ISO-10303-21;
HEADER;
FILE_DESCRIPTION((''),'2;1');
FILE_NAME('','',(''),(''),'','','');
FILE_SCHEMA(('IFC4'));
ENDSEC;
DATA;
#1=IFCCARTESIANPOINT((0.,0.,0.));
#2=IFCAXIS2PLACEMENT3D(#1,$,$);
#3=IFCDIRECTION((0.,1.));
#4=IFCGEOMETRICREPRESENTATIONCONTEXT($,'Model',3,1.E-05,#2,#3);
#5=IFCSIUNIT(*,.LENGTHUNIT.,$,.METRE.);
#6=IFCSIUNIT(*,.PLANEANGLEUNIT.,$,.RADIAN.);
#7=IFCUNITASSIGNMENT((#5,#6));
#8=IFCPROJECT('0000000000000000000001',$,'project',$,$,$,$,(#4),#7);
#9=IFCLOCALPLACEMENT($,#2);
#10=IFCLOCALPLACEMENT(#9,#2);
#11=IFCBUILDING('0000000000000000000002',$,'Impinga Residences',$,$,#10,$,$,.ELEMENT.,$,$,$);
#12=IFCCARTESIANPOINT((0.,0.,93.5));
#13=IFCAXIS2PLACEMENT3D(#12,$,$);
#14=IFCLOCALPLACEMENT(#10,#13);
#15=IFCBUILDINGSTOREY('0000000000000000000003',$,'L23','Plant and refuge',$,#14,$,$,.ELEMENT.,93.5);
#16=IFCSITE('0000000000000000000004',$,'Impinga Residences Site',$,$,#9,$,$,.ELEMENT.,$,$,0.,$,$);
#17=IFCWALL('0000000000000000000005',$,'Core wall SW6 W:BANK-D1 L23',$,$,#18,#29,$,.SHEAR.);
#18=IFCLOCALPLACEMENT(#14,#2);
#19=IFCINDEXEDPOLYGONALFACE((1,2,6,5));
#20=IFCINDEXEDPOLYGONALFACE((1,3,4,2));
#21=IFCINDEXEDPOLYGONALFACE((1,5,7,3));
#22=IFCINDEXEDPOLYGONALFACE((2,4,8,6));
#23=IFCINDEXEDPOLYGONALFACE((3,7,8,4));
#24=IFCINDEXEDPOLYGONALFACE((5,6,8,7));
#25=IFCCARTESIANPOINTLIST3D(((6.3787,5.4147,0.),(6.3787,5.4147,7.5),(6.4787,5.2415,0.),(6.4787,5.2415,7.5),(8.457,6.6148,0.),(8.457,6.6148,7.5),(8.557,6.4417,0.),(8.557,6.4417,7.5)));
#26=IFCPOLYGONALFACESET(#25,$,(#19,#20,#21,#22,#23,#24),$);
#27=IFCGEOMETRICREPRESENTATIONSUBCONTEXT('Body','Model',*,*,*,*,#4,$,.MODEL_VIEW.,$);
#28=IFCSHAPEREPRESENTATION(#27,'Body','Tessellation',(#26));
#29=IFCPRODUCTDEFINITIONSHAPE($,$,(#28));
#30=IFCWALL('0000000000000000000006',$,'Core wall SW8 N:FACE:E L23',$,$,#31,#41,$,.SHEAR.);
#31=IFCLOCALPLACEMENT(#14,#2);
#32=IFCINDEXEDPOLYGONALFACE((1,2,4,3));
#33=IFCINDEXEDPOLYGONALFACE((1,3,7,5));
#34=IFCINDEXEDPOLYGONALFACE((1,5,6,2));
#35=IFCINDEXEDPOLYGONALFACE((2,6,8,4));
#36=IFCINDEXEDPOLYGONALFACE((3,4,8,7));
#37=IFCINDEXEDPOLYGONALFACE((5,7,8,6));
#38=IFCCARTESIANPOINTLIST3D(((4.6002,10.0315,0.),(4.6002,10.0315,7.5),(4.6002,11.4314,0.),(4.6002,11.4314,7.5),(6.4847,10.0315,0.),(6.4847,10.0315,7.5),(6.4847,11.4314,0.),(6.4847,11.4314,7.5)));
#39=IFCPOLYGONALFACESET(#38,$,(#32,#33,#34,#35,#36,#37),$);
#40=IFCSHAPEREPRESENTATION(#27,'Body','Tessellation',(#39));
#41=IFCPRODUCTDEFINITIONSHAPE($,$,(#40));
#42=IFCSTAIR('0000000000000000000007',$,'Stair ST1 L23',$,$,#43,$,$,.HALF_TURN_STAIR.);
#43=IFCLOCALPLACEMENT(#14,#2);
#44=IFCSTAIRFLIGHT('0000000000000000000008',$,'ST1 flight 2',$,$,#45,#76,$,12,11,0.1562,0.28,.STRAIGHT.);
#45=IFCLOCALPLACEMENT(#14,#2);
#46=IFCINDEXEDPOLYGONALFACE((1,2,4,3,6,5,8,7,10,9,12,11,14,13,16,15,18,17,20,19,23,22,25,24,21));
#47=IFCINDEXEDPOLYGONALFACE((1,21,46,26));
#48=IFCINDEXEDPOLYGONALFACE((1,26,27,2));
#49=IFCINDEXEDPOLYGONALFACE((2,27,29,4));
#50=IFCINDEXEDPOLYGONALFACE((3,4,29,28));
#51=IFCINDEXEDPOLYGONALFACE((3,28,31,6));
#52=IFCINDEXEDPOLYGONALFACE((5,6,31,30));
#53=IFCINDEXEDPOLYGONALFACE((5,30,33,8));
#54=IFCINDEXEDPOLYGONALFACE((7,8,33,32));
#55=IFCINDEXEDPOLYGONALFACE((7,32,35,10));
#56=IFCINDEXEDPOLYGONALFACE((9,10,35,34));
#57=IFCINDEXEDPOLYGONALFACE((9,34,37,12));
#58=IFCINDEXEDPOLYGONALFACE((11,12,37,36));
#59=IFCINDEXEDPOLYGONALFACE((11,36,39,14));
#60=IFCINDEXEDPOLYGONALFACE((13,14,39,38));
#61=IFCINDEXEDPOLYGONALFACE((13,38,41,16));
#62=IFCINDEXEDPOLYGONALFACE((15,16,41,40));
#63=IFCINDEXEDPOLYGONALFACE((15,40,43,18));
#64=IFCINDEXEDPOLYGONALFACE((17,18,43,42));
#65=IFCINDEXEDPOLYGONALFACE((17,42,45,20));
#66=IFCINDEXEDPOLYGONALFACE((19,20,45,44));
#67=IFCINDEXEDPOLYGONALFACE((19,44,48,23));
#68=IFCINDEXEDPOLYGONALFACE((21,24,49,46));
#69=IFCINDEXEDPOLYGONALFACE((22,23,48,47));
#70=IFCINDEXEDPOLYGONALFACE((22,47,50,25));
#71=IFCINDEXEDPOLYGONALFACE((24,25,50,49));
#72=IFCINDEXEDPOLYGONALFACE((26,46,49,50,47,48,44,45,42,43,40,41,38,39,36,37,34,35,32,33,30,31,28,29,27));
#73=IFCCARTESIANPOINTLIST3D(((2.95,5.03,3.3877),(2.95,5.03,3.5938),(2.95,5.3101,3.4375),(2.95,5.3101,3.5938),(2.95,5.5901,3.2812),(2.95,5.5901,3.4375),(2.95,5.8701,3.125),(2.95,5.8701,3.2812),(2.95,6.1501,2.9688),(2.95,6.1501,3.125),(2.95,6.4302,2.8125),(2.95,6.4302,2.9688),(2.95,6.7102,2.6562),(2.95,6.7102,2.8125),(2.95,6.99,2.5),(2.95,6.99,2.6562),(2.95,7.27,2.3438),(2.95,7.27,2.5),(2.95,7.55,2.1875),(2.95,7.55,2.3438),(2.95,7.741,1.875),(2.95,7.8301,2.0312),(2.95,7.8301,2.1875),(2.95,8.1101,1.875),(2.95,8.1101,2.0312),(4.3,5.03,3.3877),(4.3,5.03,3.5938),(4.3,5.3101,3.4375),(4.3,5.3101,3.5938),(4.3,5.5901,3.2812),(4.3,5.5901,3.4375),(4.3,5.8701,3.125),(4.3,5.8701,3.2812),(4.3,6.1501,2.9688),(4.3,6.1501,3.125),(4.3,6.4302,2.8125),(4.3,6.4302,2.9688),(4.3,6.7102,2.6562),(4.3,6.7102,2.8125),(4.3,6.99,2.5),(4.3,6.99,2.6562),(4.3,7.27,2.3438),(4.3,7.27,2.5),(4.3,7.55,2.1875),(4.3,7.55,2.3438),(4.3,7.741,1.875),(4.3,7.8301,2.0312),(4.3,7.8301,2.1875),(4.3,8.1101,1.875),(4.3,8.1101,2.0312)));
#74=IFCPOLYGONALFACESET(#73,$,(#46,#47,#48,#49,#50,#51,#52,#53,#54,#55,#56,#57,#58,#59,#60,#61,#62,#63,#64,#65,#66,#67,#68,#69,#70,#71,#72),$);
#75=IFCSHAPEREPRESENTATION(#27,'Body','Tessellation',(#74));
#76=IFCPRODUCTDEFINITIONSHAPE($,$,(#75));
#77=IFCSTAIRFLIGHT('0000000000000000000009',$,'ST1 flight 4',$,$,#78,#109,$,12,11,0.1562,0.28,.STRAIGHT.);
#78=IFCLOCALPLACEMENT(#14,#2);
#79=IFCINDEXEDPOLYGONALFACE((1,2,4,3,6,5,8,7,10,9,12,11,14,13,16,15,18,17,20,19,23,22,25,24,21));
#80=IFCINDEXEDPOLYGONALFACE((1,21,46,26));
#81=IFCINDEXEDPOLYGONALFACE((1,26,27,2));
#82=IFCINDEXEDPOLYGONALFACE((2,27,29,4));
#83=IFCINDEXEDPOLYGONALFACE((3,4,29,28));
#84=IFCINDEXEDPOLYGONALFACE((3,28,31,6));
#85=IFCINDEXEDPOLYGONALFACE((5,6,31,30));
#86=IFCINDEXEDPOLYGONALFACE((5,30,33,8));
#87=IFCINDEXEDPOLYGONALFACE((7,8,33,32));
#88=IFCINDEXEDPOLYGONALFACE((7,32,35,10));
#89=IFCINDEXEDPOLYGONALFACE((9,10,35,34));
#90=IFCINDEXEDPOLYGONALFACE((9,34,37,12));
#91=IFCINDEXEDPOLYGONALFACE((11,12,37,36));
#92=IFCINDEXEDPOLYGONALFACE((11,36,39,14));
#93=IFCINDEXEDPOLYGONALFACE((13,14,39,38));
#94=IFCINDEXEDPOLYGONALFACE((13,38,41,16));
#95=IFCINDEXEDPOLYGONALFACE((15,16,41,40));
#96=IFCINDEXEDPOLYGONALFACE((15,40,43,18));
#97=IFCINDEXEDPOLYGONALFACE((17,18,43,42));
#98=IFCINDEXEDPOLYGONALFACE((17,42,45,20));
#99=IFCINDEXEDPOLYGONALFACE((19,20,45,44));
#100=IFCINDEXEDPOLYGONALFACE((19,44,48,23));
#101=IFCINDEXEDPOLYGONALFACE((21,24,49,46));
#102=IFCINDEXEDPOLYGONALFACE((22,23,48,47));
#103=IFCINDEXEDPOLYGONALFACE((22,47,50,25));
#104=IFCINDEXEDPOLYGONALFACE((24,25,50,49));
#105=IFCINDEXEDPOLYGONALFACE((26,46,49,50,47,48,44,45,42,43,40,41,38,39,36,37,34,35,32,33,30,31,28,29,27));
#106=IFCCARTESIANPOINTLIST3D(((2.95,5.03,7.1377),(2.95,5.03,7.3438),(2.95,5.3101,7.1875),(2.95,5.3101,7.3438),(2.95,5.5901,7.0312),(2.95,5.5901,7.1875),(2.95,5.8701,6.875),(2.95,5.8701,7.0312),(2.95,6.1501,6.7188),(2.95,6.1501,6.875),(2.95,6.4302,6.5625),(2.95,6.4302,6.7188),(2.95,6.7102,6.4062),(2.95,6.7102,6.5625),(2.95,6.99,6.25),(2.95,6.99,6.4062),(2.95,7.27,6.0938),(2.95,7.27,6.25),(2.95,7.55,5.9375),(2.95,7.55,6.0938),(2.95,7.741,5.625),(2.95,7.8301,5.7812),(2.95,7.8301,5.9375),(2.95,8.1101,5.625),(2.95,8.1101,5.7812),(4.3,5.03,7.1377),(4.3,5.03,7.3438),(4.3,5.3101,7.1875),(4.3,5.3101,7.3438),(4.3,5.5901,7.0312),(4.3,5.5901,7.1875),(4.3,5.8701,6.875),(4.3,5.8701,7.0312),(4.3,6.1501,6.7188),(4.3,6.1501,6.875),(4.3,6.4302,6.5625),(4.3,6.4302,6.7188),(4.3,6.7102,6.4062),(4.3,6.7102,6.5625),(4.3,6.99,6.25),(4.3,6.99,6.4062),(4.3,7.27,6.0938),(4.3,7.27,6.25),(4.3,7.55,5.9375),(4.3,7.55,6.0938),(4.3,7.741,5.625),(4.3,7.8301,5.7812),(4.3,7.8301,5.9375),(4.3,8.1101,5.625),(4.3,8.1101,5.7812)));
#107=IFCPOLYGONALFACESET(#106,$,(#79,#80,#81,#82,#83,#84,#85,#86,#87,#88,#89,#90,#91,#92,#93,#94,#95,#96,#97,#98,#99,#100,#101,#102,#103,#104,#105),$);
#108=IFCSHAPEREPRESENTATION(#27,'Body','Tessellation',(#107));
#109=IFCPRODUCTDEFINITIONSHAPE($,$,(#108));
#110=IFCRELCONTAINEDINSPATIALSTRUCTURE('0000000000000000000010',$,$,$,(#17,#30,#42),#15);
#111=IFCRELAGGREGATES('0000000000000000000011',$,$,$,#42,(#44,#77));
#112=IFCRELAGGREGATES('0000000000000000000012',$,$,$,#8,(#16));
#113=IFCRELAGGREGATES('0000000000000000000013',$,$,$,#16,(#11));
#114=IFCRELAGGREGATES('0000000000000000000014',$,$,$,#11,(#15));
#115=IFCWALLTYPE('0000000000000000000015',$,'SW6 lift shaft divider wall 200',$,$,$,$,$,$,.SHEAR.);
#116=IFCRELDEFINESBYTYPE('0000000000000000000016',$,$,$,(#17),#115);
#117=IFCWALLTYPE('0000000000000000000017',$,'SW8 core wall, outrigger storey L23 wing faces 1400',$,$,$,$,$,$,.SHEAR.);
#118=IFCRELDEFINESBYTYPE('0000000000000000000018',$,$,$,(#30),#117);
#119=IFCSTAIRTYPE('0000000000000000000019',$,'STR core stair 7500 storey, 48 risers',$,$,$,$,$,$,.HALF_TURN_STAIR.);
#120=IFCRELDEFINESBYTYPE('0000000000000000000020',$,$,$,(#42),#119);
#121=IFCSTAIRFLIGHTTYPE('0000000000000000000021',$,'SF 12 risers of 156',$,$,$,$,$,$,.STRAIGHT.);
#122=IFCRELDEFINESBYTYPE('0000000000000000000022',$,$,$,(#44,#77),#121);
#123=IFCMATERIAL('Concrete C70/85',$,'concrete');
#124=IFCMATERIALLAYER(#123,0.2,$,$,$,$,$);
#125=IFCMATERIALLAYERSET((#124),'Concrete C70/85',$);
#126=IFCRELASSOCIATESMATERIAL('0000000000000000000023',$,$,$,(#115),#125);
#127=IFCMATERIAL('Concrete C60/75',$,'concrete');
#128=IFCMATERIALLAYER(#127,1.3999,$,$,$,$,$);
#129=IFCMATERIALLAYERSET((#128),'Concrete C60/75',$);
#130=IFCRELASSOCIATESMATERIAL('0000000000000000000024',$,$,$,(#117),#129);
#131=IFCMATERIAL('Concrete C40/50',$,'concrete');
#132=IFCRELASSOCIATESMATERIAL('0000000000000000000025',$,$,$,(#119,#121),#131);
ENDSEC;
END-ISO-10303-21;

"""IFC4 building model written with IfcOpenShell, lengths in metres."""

from ifc_helpers import new_model, si_unit, direction, frame, frame_2d, origin, place, context, subcontext, project, spatial, polyline, rectangle, outline, extrude, material, layer, layer_set, type_object, element, aggregate, save


model = new_model("IFC4")

# Units and contexts
model_context = context("Model", 3, precision=1e-05, world=origin(), true_north=direction((0.0, 1.0)))
body_context = subcontext(model_context, "Body", "Model", "MODEL_VIEW")
ifc_project = project(units=[si_unit("LENGTHUNIT", "METRE"), si_unit("PLANEANGLEUNIT", "RADIAN")], contexts=[model_context])

# Site, building, storey
site_placement = place(None, origin())
site = spatial("IfcSite", under=ifc_project, at=site_placement, Name="Impinga Residences Site", CompositionType="ELEMENT", RefElevation=0.0)
building_placement = place(site_placement, origin())
building = spatial("IfcBuilding", under=site, at=building_placement, Name="Impinga Residences", CompositionType="ELEMENT")
storey_placement = place(building_placement, frame((0.0, 0.0, 93.5)))
storey = spatial("IfcBuildingStorey", under=building, at=storey_placement, Name="L23", Description="Plant and refuge", CompositionType="ELEMENT", Elevation=93.5)

# Shared definitions
ifc_material_1 = material(Name="Concrete C70/85", Category="concrete")

# Shared definitions
ifc_material_2 = material(Name="Concrete C60/75", Category="concrete")

# Walls
ifc_layer_1 = layer(ifc_material_1, 0.2)
ifc_layer_set_1 = layer_set([ifc_layer_1], Name="Concrete C70/85")
wall_type_1 = type_object("IfcWallType", Name="SW6 lift shaft divider wall 200", PredefinedType="SHEAR", material=ifc_layer_set_1)
wall_1_placement = place(storey_placement, frame((6.4287, 5.3281, 0.0), z_axis=(0.0, 0.0, 1.0), x_axis=(0.865981, 0.500078, 0.0)))
element("IfcWall", 1, at=wall_1_placement, inside=storey, type_object=wall_type_1, Name="Core wall SW6 W:BANK-D1 L23", PredefinedType="SHEAR", context=body_context, shape_type="SweptSolid", body=[
    extrude(rectangle(XDim=2.3999, YDim=0.2, at=frame_2d((1.2, 0.0))), origin(), (0.0, 0.0, 1.0), 7.5),
])
ifc_layer_2 = layer(ifc_material_2, 1.3999)
ifc_layer_set_2 = layer_set([ifc_layer_2], Name="Concrete C60/75")
wall_type_2 = type_object("IfcWallType", Name="SW8 core wall, outrigger storey L23 wing faces 1400", PredefinedType="SHEAR", material=ifc_layer_set_2)
wall_2_placement = place(storey_placement, frame((4.6001, 10.7314, 0.0), z_axis=(0.0, 0.0, 1.0), x_axis=(1.0, 0.0, 0.0)))
element("IfcWall", 2, at=wall_2_placement, inside=storey, type_object=wall_type_2, Name="Core wall SW8 N:FACE:E L23", PredefinedType="SHEAR", context=body_context, shape_type="SweptSolid", body=[
    extrude(rectangle(XDim=1.8845, YDim=1.3999, at=frame_2d((0.9424, 0.0))), origin(), (0.0, 0.0, 1.0), 7.5),
])

# Stair, stair flights
ifc_material_3 = material(Name="Concrete C40/50", Category="concrete")
stair_type = type_object("IfcStairType", Name="STR core stair 7500 storey, 48 risers", PredefinedType="HALF_TURN_STAIR", material=ifc_material_3)
stair_placement = place(storey_placement, origin())
stair = element("IfcStair", 3, at=stair_placement, inside=storey, type_object=stair_type, Name="Stair ST1 L23", PredefinedType="HALF_TURN_STAIR")
stair_flight_type = type_object("IfcStairFlightType", Name="SF 12 risers of 156", PredefinedType="STRAIGHT", material=ifc_material_3)
stair_flight_1_placement = place(storey_placement, frame((3.625, 8.1101, 1.875), z_axis=(0.0, 0.0, 1.0), x_axis=(0.0, -1.0, 0.0)))
stair_flight_1 = element("IfcStairFlight", 4, at=stair_flight_1_placement, type_object=stair_flight_type, Name="ST1 flight 2", NumberOfRisers=12, NumberOfTreads=11, PredefinedType="STRAIGHT", RiserHeight=0.1562, TreadLength=0.28, context=body_context, shape_type="SweptSolid", body=[
    extrude(outline(polyline([(0.0, 0.0), (0.0, 0.1562), (0.28, 0.1562), (0.28, 0.3125), (0.5601, 0.3125), (0.5601, 0.4688), (0.8401, 0.4688), (0.8401, 0.625), (1.1201, 0.625), (1.1201, 0.7812), (1.3999, 0.7812), (1.3999, 0.9375), (1.6799, 0.9375), (1.6799, 1.0938), (1.96, 1.0938), (1.96, 1.25), (2.24, 1.25), (2.24, 1.4062), (2.52, 1.4062), (2.52, 1.5625), (2.8, 1.5625), (2.8, 1.7188), (3.0801, 1.7188), (3.0801, 1.875), (3.0801, 1.5127), (0.3691, 0.0), (0.0, 0.0)])), frame((0.0, 0.675, 0.0), z_axis=(0.0, -1.0, 0.0), x_axis=(1.0, 0.0, 0.0)), (0.0, 0.0, 1.0), 1.3501),
])
stair_flight_2_placement = place(storey_placement, frame((3.625, 8.1101, 5.625), z_axis=(0.0, 0.0, 1.0), x_axis=(0.0, -1.0, 0.0)))
stair_flight_2 = element("IfcStairFlight", 5, at=stair_flight_2_placement, type_object=stair_flight_type, Name="ST1 flight 4", NumberOfRisers=12, NumberOfTreads=11, PredefinedType="STRAIGHT", RiserHeight=0.1562, TreadLength=0.28, context=body_context, shape_type="SweptSolid", body=[
    extrude(outline(polyline([(0.0, 0.0), (0.0, 0.1562), (0.28, 0.1562), (0.28, 0.3125), (0.5601, 0.3125), (0.5601, 0.4688), (0.8401, 0.4688), (0.8401, 0.625), (1.1201, 0.625), (1.1201, 0.7812), (1.3999, 0.7812), (1.3999, 0.9375), (1.6799, 0.9375), (1.6799, 1.0938), (1.96, 1.0938), (1.96, 1.25), (2.24, 1.25), (2.24, 1.4062), (2.52, 1.4062), (2.52, 1.5625), (2.8, 1.5625), (2.8, 1.7188), (3.0801, 1.7188), (3.0801, 1.875), (3.0801, 1.5127), (0.3691, 0.0), (0.0, 0.0)])), frame((0.0, 0.675, 0.0), z_axis=(0.0, -1.0, 0.0), x_axis=(1.0, 0.0, 0.0)), (0.0, 0.0, 1.0), 1.3501),
])
aggregate(stair, [stair_flight_1, stair_flight_2])

save(model, "model.ifc")
